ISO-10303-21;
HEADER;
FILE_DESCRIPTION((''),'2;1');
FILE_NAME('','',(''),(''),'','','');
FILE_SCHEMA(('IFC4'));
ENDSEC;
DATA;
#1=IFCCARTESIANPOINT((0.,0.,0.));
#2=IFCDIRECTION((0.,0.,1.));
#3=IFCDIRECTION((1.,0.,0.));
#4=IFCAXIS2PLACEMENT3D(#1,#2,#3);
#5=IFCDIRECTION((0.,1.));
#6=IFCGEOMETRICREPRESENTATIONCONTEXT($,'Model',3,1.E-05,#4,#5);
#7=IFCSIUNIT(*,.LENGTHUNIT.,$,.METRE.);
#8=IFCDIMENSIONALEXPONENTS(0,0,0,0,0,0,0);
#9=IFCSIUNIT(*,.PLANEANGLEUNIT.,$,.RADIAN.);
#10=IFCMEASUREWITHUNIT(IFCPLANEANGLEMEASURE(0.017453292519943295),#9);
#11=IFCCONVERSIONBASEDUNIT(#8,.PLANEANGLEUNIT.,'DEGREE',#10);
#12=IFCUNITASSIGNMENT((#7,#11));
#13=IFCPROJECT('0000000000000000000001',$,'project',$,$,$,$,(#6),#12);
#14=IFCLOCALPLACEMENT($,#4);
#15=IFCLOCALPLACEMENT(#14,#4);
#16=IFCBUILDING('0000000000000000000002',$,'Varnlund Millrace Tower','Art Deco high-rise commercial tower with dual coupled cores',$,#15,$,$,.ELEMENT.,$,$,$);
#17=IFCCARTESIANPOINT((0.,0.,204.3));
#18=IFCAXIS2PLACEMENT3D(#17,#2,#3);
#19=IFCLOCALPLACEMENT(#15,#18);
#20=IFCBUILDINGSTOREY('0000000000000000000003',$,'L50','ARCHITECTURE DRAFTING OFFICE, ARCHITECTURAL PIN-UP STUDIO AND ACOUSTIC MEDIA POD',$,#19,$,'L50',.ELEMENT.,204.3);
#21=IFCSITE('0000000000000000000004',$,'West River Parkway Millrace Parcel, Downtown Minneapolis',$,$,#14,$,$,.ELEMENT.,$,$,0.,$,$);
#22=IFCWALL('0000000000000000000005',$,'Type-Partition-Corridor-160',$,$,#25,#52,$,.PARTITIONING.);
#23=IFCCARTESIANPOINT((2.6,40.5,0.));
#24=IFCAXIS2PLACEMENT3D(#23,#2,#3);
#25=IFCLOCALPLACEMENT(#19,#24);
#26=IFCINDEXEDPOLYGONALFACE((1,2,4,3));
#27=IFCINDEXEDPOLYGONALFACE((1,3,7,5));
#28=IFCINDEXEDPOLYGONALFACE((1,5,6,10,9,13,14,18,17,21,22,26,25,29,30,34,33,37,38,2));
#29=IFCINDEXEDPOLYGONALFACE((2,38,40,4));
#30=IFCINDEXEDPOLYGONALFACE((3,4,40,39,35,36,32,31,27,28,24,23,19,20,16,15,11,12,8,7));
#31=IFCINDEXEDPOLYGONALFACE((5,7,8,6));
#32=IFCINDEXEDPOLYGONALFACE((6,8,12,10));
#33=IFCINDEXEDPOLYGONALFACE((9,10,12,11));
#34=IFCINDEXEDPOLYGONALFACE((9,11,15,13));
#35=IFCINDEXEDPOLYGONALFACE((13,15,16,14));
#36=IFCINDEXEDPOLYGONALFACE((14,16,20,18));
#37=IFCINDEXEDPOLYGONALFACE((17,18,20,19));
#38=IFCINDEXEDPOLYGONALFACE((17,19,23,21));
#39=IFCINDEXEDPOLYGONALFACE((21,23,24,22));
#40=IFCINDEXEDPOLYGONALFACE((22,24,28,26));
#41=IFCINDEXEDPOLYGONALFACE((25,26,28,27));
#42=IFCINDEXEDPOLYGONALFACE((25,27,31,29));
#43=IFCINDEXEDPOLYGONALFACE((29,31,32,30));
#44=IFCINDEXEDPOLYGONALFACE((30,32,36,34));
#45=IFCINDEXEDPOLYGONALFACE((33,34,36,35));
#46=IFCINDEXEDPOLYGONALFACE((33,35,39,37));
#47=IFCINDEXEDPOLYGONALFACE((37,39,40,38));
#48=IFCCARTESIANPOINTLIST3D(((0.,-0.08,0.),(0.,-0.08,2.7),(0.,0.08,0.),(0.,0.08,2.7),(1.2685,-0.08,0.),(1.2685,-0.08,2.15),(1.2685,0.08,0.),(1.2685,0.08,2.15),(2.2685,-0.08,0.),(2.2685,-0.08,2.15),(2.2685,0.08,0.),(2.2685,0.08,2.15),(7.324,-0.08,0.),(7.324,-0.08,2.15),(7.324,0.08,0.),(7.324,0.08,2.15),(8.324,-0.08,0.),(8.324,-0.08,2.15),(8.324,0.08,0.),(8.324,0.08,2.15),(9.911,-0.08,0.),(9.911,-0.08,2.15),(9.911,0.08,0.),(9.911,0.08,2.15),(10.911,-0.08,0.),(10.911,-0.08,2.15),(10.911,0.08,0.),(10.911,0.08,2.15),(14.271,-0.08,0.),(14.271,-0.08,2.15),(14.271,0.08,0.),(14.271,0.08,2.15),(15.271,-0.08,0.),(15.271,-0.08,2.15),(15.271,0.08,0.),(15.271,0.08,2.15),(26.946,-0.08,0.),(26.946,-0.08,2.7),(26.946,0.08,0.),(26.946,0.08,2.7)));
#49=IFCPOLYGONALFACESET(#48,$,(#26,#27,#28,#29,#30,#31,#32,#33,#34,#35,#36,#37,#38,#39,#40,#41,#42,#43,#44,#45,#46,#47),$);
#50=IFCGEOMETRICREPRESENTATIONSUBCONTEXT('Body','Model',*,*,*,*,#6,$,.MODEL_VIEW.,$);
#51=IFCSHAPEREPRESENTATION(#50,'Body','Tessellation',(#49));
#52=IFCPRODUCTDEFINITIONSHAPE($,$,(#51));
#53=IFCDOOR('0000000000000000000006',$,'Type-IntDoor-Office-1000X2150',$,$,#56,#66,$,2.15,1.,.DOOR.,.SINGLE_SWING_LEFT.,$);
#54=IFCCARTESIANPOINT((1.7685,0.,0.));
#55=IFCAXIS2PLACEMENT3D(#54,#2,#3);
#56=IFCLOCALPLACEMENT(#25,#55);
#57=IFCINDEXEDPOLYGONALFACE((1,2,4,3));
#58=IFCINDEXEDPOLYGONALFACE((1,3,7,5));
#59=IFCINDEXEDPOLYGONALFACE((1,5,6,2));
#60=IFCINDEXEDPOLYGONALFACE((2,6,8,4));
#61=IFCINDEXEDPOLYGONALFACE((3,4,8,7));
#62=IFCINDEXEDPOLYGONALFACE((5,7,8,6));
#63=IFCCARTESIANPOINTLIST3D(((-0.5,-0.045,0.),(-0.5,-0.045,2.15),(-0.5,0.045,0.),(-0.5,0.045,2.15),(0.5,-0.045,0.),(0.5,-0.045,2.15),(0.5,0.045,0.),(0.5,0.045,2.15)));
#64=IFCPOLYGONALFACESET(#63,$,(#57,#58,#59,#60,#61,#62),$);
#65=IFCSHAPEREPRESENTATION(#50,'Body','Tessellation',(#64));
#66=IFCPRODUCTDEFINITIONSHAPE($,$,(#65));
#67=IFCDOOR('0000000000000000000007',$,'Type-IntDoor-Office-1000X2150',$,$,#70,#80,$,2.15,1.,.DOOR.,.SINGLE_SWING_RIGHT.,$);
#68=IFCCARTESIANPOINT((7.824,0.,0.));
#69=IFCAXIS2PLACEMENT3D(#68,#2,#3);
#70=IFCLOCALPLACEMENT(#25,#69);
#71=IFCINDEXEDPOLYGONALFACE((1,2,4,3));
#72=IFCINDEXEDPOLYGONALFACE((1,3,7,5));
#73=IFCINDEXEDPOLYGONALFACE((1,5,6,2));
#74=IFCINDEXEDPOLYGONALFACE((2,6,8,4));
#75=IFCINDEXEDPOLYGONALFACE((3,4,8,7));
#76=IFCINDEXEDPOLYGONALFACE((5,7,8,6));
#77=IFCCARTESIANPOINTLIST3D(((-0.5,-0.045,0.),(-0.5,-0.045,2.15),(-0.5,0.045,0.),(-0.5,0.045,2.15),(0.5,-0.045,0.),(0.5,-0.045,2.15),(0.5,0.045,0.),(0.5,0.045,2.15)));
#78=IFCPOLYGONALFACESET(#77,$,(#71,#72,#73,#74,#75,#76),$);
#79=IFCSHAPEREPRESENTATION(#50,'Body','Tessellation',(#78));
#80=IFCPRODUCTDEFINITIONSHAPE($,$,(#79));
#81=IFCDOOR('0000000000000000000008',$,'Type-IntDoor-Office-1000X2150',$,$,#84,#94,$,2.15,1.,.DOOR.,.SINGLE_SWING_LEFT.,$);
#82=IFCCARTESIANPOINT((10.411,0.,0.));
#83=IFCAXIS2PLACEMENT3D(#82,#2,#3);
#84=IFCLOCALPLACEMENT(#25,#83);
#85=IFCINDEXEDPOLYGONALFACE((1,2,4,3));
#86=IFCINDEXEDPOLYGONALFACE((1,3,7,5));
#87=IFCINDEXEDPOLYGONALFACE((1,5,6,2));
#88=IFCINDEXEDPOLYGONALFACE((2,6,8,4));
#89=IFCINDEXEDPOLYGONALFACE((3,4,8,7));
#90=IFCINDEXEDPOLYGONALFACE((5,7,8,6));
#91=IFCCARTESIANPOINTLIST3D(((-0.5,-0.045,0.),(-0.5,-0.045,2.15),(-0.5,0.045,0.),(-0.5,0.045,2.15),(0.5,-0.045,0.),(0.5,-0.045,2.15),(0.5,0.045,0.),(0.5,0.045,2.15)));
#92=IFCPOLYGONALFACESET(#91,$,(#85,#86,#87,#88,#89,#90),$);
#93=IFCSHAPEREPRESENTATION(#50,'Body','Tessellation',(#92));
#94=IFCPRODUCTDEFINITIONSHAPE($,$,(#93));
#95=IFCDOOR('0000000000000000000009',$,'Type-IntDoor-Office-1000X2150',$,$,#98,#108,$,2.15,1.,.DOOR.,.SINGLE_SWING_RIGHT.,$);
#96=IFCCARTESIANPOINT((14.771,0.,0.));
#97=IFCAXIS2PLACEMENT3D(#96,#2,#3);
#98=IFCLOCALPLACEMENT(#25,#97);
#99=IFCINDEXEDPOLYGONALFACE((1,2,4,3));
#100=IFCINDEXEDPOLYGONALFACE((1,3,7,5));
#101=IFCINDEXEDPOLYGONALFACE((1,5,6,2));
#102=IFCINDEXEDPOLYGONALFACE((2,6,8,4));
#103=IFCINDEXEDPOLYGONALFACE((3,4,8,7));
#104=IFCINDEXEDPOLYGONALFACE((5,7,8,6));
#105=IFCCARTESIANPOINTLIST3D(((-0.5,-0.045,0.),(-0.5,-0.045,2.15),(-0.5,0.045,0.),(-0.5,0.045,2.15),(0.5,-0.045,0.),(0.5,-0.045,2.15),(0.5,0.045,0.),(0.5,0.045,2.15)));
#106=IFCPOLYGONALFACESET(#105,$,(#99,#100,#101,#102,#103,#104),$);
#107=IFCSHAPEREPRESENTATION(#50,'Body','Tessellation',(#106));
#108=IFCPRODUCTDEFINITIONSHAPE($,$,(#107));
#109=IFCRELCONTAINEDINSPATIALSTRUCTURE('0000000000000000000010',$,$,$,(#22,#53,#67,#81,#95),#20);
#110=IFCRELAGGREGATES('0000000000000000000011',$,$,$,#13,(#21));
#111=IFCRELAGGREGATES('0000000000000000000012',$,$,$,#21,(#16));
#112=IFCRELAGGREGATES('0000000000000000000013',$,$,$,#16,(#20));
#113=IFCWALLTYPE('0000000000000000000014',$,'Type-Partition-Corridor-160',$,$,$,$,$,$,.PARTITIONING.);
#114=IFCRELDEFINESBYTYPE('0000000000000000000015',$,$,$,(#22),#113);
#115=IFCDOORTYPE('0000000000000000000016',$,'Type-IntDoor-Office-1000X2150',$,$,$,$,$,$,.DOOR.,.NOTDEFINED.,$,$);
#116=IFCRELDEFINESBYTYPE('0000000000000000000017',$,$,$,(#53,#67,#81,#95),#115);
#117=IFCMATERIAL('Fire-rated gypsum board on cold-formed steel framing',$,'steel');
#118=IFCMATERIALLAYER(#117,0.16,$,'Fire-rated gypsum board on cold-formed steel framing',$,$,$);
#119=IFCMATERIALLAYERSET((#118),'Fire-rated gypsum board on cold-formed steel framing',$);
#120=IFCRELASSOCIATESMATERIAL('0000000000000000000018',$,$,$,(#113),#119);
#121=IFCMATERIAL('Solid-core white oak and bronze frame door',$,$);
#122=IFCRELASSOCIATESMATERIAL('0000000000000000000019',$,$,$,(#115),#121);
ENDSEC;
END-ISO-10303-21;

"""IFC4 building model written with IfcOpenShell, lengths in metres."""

from ifc_helpers import new_model, entity, si_unit, converted_unit, direction, frame, origin_with_axes, origin_2d_with_axis, place, context, subcontext, project, spatial, polyline, rectangle, outline, extrude, material, layer, layer_set, type_object, element, fill, save


model = new_model("IFC4")

# Units and contexts
model_context = context("Model", 3, precision=1e-05, world=origin_with_axes(), true_north=direction((0.0, 1.0)))
body_context = subcontext(model_context, "Body", "Model", "MODEL_VIEW")
ifc_project = project(units=[si_unit("LENGTHUNIT", "METRE"), converted_unit("PLANEANGLEUNIT", "DEGREE", entity("IfcPlaneAngleMeasure", 0.017453292519943295), si_unit("PLANEANGLEUNIT", "RADIAN"), dimensions=[0, 0, 0, 0, 0, 0, 0])], contexts=[model_context])

# Site, building, storey
site_placement = place(None, origin_with_axes())
site = spatial("IfcSite", under=ifc_project, at=site_placement, Name="West River Parkway Millrace Parcel, Downtown Minneapolis", CompositionType="ELEMENT", RefElevation=0.0)
building_placement = place(site_placement, origin_with_axes())
building = spatial("IfcBuilding", under=site, at=building_placement, Name="Varnlund Millrace Tower", Description="Art Deco high-rise commercial tower with dual coupled cores", CompositionType="ELEMENT")
storey_placement = place(building_placement, frame((0.0, 0.0, 204.3), z_axis=(0.0, 0.0, 1.0), x_axis=(1.0, 0.0, 0.0)))
storey = spatial("IfcBuildingStorey", under=building, at=storey_placement, Name="L50", Description="ARCHITECTURE DRAFTING OFFICE, ARCHITECTURAL PIN-UP STUDIO AND ACOUSTIC MEDIA POD", LongName="L50", CompositionType="ELEMENT", Elevation=204.3)

# Wall, openings, doors
ifc_material_1 = material(Name="Fire-rated gypsum board on cold-formed steel framing", Category="steel")
ifc_layer_1 = layer(ifc_material_1, 0.16, Name="Fire-rated gypsum board on cold-formed steel framing")
ifc_layer_set_1 = layer_set([ifc_layer_1], Name="Fire-rated gypsum board on cold-formed steel framing")
wall_type_1 = type_object("IfcWallType", Name="Type-Partition-Corridor-160", PredefinedType="PARTITIONING", material=ifc_layer_set_1)
wall_1_placement = place(storey_placement, frame((2.6, 40.5, 0.0), z_axis=(0.0, 0.0, 1.0), x_axis=(1.0, 0.0, 0.0)))
wall_1 = element("IfcWall", 1, at=wall_1_placement, inside=storey, type_object=wall_type_1, Name="Type-Partition-Corridor-160", PredefinedType="PARTITIONING", context=body_context, shape_type="SweptSolid", body=[
    extrude(outline(polyline([(0.0, -0.08), (26.946, -0.08), (26.946, 0.08), (0.0, 0.08), (0.0, -0.08)])), origin_with_axes(), (0.0, 0.0, 1.0), 2.7),
])
opening_1_placement = place(wall_1_placement, frame((1.7685, 0.0, 0.0), z_axis=(0.0, 0.0, 1.0), x_axis=(1.0, 0.0, 0.0)))
opening_1 = element("IfcOpeningElement", 2, at=opening_1_placement, cuts=wall_1, PredefinedType="OPENING", context=body_context, shape_type="SweptSolid", body=[
    extrude(rectangle(XDim=1.0, YDim=0.18, at=origin_2d_with_axis()), origin_with_axes(), (0.0, 0.0, 1.0), 2.15),
])
opening_2_placement = place(wall_1_placement, frame((7.824, 0.0, 0.0), z_axis=(0.0, 0.0, 1.0), x_axis=(1.0, 0.0, 0.0)))
opening_2 = element("IfcOpeningElement", 3, at=opening_2_placement, cuts=wall_1, PredefinedType="OPENING", context=body_context, shape_type="SweptSolid", body=[
    extrude(rectangle(XDim=1.0, YDim=0.18, at=origin_2d_with_axis()), origin_with_axes(), (0.0, 0.0, 1.0), 2.15),
])
opening_3_placement = place(wall_1_placement, frame((10.411, 0.0, 0.0), z_axis=(0.0, 0.0, 1.0), x_axis=(1.0, 0.0, 0.0)))
opening_3 = element("IfcOpeningElement", 4, at=opening_3_placement, cuts=wall_1, PredefinedType="OPENING", context=body_context, shape_type="SweptSolid", body=[
    extrude(rectangle(XDim=1.0, YDim=0.18, at=origin_2d_with_axis()), origin_with_axes(), (0.0, 0.0, 1.0), 2.15),
])
opening_4_placement = place(wall_1_placement, frame((14.771, 0.0, 0.0), z_axis=(0.0, 0.0, 1.0), x_axis=(1.0, 0.0, 0.0)))
opening_4 = element("IfcOpeningElement", 5, at=opening_4_placement, cuts=wall_1, PredefinedType="OPENING", context=body_context, shape_type="SweptSolid", body=[
    extrude(rectangle(XDim=1.0, YDim=0.18, at=origin_2d_with_axis()), origin_with_axes(), (0.0, 0.0, 1.0), 2.15),
])
ifc_material_2 = material(Name="Solid-core white oak and bronze frame door")
door_type_1 = type_object("IfcDoorType", Name="Type-IntDoor-Office-1000X2150", OperationType="NOTDEFINED", PredefinedType="DOOR", material=ifc_material_2)
door_1_placement = place(wall_1_placement, frame((1.7685, 0.0, 0.0), z_axis=(0.0, 0.0, 1.0), x_axis=(1.0, 0.0, 0.0)))
door_1 = element("IfcDoor", 6, at=door_1_placement, inside=storey, type_object=door_type_1, Name="Type-IntDoor-Office-1000X2150", OperationType="SINGLE_SWING_LEFT", OverallHeight=2.15, OverallWidth=1.0, PredefinedType="DOOR", context=body_context, shape_type="SweptSolid", body=[
    extrude(rectangle(XDim=1.0, YDim=0.09, at=origin_2d_with_axis()), origin_with_axes(), (0.0, 0.0, 1.0), 2.15),
])
fill(opening_1, door_1)
door_2_placement = place(wall_1_placement, frame((7.824, 0.0, 0.0), z_axis=(0.0, 0.0, 1.0), x_axis=(1.0, 0.0, 0.0)))
door_2 = element("IfcDoor", 7, at=door_2_placement, inside=storey, type_object=door_type_1, Name="Type-IntDoor-Office-1000X2150", OperationType="SINGLE_SWING_RIGHT", OverallHeight=2.15, OverallWidth=1.0, PredefinedType="DOOR", context=body_context, shape_type="SweptSolid", body=[
    extrude(rectangle(XDim=1.0, YDim=0.09, at=origin_2d_with_axis()), origin_with_axes(), (0.0, 0.0, 1.0), 2.15),
])
fill(opening_2, door_2)
door_3_placement = place(wall_1_placement, frame((10.411, 0.0, 0.0), z_axis=(0.0, 0.0, 1.0), x_axis=(1.0, 0.0, 0.0)))
door_3 = element("IfcDoor", 8, at=door_3_placement, inside=storey, type_object=door_type_1, Name="Type-IntDoor-Office-1000X2150", OperationType="SINGLE_SWING_LEFT", OverallHeight=2.15, OverallWidth=1.0, PredefinedType="DOOR", context=body_context, shape_type="SweptSolid", body=[
    extrude(rectangle(XDim=1.0, YDim=0.09, at=origin_2d_with_axis()), origin_with_axes(), (0.0, 0.0, 1.0), 2.15),
])
fill(opening_3, door_3)
door_4_placement = place(wall_1_placement, frame((14.771, 0.0, 0.0), z_axis=(0.0, 0.0, 1.0), x_axis=(1.0, 0.0, 0.0)))
door_4 = element("IfcDoor", 9, at=door_4_placement, inside=storey, type_object=door_type_1, Name="Type-IntDoor-Office-1000X2150", OperationType="SINGLE_SWING_RIGHT", OverallHeight=2.15, OverallWidth=1.0, PredefinedType="DOOR", context=body_context, shape_type="SweptSolid", body=[
    extrude(rectangle(XDim=1.0, YDim=0.09, at=origin_2d_with_axis()), origin_with_axes(), (0.0, 0.0, 1.0), 2.15),
])
fill(opening_4, door_4)

save(model, "model.ifc")
